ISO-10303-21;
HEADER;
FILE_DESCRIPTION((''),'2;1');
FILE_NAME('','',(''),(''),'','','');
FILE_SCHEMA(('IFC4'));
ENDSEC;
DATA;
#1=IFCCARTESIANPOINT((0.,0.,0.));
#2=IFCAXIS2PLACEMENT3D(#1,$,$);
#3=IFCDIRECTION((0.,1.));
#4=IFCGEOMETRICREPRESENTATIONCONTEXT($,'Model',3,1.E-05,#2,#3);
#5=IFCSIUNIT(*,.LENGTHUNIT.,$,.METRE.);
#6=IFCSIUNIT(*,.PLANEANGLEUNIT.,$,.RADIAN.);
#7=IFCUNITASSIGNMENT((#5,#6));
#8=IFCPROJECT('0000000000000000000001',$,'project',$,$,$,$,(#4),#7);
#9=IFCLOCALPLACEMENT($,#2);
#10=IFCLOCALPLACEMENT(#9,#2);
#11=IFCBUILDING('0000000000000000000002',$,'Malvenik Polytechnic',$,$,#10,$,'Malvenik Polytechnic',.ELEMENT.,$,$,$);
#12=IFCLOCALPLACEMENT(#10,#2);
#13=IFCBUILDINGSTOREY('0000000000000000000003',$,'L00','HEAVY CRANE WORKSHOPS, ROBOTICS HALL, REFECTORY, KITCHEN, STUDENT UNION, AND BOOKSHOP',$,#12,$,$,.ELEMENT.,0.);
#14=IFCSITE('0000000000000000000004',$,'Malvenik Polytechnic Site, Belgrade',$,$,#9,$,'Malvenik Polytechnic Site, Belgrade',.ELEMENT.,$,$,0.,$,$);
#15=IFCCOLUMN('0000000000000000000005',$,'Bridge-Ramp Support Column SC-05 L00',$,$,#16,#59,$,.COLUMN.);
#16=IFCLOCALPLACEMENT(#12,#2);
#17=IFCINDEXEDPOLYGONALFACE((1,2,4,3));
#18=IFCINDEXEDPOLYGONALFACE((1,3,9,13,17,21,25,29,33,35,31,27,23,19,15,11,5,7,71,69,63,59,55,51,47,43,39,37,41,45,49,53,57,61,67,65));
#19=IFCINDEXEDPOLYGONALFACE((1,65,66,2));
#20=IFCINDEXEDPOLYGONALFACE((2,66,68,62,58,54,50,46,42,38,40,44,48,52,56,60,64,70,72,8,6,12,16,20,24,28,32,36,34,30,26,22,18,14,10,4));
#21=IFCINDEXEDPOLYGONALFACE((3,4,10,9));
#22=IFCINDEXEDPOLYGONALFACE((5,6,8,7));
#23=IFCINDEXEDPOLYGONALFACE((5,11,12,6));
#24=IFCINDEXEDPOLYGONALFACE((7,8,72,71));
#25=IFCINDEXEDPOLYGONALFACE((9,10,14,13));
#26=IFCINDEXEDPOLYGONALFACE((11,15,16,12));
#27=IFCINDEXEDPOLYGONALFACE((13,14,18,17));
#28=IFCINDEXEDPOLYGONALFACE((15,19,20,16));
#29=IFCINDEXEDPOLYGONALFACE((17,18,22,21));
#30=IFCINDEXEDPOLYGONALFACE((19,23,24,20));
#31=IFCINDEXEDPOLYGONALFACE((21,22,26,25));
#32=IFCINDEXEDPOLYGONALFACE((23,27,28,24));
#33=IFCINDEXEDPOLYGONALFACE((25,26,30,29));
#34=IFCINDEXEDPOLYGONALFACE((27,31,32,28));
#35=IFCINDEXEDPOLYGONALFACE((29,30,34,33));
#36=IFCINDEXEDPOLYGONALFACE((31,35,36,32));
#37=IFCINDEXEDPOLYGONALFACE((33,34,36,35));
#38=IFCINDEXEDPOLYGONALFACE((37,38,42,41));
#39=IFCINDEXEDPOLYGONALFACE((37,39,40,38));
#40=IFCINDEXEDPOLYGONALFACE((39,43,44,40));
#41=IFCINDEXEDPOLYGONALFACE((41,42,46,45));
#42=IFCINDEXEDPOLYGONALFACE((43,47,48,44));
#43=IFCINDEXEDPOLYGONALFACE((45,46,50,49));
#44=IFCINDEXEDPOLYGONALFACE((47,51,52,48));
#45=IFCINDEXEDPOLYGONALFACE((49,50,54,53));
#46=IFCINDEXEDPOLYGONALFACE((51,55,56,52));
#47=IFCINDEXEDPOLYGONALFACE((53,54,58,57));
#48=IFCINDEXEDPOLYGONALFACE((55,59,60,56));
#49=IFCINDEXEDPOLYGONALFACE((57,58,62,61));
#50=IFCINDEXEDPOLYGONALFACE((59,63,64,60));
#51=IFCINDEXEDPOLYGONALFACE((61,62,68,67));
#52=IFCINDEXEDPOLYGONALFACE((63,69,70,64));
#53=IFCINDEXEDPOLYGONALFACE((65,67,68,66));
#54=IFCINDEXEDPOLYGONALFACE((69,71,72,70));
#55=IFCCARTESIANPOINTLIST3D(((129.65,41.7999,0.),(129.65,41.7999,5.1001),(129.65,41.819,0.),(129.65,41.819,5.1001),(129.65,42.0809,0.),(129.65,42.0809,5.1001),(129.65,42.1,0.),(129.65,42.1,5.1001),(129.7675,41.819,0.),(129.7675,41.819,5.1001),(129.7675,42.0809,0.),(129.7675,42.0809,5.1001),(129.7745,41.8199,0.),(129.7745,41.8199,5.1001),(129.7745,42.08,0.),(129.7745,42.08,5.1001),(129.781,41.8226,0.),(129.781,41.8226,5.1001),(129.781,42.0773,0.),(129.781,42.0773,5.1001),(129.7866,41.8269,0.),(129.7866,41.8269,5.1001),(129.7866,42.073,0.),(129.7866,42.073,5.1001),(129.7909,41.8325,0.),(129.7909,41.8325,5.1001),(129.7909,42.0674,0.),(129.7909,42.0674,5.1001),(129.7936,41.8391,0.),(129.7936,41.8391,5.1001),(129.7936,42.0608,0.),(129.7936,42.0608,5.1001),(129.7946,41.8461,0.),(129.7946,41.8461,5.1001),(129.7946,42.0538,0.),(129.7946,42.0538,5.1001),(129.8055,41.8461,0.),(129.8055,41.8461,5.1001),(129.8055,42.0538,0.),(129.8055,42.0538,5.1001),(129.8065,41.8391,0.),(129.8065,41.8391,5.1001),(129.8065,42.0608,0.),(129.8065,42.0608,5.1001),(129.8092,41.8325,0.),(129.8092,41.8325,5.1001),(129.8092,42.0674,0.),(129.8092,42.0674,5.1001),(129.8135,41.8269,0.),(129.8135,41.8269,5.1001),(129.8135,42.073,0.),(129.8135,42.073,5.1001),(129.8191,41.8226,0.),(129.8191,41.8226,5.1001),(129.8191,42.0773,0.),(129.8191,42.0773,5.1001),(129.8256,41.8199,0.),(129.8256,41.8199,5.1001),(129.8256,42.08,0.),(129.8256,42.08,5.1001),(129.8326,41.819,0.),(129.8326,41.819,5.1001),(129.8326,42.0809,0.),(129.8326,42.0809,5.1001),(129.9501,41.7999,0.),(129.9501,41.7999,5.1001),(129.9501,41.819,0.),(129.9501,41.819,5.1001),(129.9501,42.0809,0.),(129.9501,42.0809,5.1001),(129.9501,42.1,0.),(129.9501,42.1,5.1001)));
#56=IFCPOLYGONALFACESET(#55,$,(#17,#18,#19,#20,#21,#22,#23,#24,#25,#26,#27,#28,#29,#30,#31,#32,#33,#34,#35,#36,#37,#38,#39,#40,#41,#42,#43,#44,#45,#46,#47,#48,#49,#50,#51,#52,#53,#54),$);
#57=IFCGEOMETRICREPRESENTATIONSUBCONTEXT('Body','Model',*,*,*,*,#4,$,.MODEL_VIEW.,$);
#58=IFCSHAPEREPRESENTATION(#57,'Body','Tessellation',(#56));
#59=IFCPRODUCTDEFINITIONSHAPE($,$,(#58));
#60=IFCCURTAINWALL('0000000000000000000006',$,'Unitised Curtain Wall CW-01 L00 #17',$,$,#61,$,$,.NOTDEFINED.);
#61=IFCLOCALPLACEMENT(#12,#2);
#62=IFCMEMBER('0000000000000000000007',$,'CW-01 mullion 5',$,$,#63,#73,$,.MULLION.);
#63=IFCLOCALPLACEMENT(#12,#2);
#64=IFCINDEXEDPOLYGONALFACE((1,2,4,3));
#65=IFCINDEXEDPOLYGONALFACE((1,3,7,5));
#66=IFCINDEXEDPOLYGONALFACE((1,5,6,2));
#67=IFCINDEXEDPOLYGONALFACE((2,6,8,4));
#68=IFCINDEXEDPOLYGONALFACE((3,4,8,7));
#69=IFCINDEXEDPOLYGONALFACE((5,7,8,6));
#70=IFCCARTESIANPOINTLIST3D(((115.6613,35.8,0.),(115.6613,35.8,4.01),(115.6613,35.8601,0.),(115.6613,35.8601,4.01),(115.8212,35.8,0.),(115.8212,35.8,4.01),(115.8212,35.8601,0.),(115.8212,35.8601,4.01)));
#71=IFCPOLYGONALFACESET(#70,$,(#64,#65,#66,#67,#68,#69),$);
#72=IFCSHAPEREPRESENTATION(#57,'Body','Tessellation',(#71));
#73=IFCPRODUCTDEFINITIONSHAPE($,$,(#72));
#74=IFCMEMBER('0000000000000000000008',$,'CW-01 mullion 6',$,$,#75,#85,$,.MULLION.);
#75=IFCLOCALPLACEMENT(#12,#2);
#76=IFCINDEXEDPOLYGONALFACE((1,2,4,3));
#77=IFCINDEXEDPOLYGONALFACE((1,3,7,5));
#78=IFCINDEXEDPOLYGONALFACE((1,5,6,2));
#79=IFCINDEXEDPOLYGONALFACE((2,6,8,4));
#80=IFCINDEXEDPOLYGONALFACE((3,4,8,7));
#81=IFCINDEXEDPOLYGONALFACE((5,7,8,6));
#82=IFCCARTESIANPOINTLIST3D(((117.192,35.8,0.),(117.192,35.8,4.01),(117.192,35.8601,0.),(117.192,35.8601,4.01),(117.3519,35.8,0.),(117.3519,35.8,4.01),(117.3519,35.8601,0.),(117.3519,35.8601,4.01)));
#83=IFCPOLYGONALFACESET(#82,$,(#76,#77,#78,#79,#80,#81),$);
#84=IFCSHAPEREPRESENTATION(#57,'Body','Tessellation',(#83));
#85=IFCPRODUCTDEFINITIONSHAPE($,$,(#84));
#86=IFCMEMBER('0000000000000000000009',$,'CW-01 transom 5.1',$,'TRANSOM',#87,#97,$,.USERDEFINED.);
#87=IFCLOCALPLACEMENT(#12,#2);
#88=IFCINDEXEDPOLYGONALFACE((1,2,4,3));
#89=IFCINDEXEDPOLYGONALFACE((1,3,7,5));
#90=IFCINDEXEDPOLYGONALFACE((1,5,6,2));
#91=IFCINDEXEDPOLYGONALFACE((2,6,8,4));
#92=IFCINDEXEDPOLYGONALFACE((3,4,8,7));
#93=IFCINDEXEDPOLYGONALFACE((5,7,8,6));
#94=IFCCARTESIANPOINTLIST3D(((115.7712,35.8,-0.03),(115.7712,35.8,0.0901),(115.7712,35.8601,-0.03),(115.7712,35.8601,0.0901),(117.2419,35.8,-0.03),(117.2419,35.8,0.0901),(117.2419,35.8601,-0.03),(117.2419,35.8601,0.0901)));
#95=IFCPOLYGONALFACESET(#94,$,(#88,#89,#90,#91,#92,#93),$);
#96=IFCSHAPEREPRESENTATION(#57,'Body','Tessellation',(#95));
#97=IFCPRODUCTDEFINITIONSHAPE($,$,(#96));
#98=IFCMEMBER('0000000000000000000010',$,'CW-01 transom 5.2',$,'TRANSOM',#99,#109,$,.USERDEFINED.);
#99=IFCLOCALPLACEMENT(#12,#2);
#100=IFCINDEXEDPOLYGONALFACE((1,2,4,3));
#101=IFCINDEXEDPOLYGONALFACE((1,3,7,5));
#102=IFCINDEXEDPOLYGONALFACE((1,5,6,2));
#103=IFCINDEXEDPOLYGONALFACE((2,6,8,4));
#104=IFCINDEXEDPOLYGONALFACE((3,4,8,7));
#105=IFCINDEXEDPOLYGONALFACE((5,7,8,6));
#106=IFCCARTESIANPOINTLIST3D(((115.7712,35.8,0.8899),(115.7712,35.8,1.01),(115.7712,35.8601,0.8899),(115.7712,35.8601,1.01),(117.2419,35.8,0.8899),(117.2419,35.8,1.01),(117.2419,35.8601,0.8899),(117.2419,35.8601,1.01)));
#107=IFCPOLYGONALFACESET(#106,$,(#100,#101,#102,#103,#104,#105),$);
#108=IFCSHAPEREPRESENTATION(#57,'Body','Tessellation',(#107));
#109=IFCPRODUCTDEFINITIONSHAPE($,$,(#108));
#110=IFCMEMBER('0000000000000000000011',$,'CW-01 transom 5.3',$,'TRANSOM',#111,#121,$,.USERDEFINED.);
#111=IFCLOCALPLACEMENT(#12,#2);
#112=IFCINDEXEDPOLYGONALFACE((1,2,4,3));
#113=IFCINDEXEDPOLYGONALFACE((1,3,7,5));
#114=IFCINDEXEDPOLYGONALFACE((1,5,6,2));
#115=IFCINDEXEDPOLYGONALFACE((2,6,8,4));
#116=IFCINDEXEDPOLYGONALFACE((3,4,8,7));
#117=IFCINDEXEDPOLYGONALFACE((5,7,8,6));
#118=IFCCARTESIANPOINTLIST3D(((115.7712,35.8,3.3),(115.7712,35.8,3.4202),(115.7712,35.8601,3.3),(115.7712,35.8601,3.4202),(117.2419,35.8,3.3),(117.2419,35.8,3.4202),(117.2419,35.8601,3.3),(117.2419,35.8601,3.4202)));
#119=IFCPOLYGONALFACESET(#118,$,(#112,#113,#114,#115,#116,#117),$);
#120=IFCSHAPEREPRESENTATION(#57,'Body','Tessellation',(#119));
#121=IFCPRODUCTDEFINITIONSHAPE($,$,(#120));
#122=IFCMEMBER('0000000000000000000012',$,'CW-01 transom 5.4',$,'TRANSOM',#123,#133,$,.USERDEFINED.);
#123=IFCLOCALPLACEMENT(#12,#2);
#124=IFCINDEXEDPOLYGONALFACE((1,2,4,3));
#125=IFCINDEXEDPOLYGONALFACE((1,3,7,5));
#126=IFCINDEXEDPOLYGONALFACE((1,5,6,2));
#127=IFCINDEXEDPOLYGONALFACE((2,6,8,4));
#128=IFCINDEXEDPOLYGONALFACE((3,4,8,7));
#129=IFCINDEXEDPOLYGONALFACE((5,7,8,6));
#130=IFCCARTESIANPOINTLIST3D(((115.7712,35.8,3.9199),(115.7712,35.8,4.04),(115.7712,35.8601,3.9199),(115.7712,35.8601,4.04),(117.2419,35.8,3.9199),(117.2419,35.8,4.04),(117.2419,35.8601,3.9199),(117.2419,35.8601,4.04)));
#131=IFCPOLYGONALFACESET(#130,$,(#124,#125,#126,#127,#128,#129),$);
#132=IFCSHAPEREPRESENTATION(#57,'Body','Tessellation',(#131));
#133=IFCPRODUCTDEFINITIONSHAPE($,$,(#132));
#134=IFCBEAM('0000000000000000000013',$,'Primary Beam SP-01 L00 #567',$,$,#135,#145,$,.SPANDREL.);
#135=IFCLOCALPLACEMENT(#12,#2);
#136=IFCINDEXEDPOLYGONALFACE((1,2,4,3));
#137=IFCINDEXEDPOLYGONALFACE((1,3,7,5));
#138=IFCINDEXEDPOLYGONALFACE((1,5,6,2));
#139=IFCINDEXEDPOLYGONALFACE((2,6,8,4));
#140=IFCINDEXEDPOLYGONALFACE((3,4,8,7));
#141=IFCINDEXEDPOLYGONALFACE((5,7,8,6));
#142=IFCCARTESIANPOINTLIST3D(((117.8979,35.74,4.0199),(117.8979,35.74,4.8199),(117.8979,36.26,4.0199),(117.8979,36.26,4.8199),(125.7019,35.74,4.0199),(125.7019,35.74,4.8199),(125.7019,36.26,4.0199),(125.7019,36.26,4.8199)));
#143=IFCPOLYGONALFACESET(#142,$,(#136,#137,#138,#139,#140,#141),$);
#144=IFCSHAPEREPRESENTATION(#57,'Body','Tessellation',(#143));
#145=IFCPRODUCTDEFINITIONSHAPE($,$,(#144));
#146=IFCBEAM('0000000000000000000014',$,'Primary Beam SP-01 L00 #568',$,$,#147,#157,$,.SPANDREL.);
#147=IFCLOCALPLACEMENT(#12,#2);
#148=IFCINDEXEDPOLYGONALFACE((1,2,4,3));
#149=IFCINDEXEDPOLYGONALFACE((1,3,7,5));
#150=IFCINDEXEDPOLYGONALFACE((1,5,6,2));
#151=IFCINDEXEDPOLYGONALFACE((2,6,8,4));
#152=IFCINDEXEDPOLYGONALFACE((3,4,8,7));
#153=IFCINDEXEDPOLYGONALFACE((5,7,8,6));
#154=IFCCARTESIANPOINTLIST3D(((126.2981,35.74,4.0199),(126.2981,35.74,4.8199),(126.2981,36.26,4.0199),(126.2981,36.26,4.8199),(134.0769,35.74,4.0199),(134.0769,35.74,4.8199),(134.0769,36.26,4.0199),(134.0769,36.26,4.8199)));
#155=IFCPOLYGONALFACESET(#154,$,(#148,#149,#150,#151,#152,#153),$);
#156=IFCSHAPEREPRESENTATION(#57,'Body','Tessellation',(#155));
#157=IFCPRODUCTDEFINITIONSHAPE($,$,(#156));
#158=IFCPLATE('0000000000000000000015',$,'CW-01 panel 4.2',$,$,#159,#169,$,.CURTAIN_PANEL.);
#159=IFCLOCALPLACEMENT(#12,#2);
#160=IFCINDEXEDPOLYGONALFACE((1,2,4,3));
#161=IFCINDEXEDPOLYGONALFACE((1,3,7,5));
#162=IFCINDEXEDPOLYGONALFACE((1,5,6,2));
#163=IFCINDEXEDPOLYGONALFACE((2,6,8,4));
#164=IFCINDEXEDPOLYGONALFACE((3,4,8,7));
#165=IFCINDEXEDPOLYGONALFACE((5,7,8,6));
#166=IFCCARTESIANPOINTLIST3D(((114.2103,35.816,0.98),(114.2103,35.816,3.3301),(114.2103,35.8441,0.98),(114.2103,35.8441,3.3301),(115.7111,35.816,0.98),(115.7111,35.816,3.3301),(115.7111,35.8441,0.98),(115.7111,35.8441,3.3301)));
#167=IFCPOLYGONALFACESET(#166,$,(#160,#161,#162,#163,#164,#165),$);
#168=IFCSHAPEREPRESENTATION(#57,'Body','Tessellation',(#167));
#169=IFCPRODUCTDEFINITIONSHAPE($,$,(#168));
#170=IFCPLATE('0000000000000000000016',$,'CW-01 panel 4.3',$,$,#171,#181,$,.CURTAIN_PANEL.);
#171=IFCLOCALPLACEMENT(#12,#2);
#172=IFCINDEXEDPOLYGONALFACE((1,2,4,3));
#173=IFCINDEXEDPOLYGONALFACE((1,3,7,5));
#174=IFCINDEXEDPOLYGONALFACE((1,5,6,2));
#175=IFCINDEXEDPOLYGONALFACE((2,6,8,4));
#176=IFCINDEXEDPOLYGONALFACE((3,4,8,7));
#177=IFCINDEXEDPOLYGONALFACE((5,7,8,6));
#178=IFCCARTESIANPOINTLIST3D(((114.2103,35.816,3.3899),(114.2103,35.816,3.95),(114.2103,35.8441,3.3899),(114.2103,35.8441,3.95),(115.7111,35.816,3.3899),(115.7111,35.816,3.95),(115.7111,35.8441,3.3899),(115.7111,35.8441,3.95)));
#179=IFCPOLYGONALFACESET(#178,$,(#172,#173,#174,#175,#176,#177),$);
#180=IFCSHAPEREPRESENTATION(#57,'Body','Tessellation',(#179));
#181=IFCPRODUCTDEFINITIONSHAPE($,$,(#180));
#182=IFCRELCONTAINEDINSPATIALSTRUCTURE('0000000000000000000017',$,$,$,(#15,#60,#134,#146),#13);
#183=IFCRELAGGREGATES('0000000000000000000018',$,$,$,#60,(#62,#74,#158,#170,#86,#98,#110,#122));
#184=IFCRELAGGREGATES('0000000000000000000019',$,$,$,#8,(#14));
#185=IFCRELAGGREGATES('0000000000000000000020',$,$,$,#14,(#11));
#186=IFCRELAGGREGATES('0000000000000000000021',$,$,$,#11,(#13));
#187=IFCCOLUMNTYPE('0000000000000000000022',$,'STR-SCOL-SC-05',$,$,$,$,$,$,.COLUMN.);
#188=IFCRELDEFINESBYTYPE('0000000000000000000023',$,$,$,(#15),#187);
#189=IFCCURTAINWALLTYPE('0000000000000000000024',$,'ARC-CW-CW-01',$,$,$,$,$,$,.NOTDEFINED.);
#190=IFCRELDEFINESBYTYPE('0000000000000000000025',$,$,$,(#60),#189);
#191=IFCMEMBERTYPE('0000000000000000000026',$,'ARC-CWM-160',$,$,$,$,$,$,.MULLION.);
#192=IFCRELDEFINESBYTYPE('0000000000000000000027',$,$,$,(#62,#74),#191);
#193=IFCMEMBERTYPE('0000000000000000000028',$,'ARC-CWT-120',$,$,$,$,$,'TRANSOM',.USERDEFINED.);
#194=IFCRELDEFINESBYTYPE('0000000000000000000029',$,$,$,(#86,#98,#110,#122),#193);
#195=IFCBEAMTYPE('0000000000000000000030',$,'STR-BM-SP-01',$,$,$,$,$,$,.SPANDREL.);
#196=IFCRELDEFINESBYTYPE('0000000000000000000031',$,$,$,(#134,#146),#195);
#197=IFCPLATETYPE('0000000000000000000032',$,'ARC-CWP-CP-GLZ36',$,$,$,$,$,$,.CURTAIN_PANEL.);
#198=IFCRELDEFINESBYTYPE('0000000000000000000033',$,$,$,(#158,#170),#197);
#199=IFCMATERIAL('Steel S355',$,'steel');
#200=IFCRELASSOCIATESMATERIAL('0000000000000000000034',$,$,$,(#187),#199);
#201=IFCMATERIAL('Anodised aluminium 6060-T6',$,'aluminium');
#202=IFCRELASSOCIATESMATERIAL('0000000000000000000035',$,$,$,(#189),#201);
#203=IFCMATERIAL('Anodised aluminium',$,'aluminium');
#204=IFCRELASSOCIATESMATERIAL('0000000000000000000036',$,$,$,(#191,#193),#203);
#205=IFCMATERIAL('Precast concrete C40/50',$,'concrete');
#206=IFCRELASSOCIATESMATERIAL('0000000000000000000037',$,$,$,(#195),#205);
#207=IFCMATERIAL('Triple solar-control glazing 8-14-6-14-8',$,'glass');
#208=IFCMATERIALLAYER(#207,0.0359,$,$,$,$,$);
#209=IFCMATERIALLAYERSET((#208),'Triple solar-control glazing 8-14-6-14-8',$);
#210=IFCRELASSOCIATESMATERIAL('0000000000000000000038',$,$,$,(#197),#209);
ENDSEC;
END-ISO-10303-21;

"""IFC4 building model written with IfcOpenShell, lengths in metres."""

from ifc_helpers import new_model, si_unit, direction, frame, origin, origin_2d, place, context, subcontext, project, spatial, rectangle, i_section, extrude, material, layer, layer_set, material_profile, profile_set, type_object, element, aggregate, save


model = new_model("IFC4")

# Units and contexts
model_context = context("Model", 3, precision=1e-05, world=origin(), true_north=direction((0.0, 1.0)))
body_context = subcontext(model_context, "Body", "Model", "MODEL_VIEW")
ifc_project = project(units=[si_unit("LENGTHUNIT", "METRE"), si_unit("PLANEANGLEUNIT", "RADIAN")], contexts=[model_context])

# Site, building, storey
site_placement = place(None, origin())
site = spatial("IfcSite", under=ifc_project, at=site_placement, Name="Malvenik Polytechnic Site, Belgrade", LongName="Malvenik Polytechnic Site, Belgrade", CompositionType="ELEMENT", RefElevation=0.0)
building_placement = place(site_placement, origin())
building = spatial("IfcBuilding", under=site, at=building_placement, Name="Malvenik Polytechnic", LongName="Malvenik Polytechnic", CompositionType="ELEMENT")
storey_placement = place(building_placement, origin())
storey = spatial("IfcBuildingStorey", under=building, at=storey_placement, Name="L00", Description="HEAVY CRANE WORKSHOPS, ROBOTICS HALL, REFECTORY, KITCHEN, STUDENT UNION, AND BOOKSHOP", CompositionType="ELEMENT", Elevation=0.0)

# Column
ifc_material_1 = material(Name="Steel S355", Category="steel")
ifc_material_profile_1 = material_profile(ifc_material_1, i_section(OverallWidth=0.3, OverallDepth=0.3, WebThickness=0.011, FlangeThickness=0.019, FilletRadius=0.0271, at=origin_2d()), Name="HEB 300")
ifc_profile_set_1 = profile_set([ifc_material_profile_1], Name="Steel S355")
column_type_1 = type_object("IfcColumnType", Name="STR-SCOL-SC-05", PredefinedType="COLUMN", material=ifc_profile_set_1)
column_1_placement = place(storey_placement, frame((129.8, 41.95, 0.0), z_axis=(0.0, 0.0, 1.0), x_axis=(1.0, 0.0, 0.0)))
element("IfcColumn", 1, at=column_1_placement, inside=storey, type_object=column_type_1, Name="Bridge-Ramp Support Column SC-05 L00", PredefinedType="COLUMN", context=body_context, shape_type="SweptSolid", body=[
    extrude(i_section(OverallWidth=0.3, OverallDepth=0.3, WebThickness=0.011, FlangeThickness=0.019, FilletRadius=0.0271, at=origin_2d()), origin(), (0.0, 0.0, 1.0), 5.1001),
])

# Curtain wall, members
ifc_material_2 = material(Name="Anodised aluminium 6060-T6", Category="aluminium")
curtain_wall_type = type_object("IfcCurtainWallType", Name="ARC-CW-CW-01", PredefinedType="NOTDEFINED", material=ifc_material_2)
curtain_wall_placement = place(storey_placement, origin())
curtain_wall = element("IfcCurtainWall", 2, at=curtain_wall_placement, inside=storey, type_object=curtain_wall_type, Name="Unitised Curtain Wall CW-01 L00 #17", PredefinedType="NOTDEFINED")
ifc_material_3 = material(Name="Anodised aluminium", Category="aluminium")
ifc_material_profile_2 = material_profile(ifc_material_3, rectangle(XDim=0.0601, YDim=0.1599, at=origin_2d()), Name="ALU MULLION 60x160")
ifc_profile_set_2 = profile_set([ifc_material_profile_2], Name="Anodised aluminium")
member_type_1 = type_object("IfcMemberType", Name="ARC-CWM-160", PredefinedType="MULLION", material=ifc_profile_set_2)
member_1_placement = place(storey_placement, frame((115.7412, 35.8301, 0.0), z_axis=(0.0, 0.0, 1.0), x_axis=(0.0, 1.0, 0.0)))
member_1 = element("IfcMember", 3, at=member_1_placement, type_object=member_type_1, Name="CW-01 mullion 5", PredefinedType="MULLION", context=body_context, shape_type="SweptSolid", body=[
    extrude(rectangle(XDim=0.0601, YDim=0.1599, at=origin_2d()), origin(), (0.0, 0.0, 1.0), 4.01),
])
member_2_placement = place(storey_placement, frame((117.272, 35.8301, 0.0), z_axis=(0.0, 0.0, 1.0), x_axis=(0.0, 1.0, 0.0)))
member_2 = element("IfcMember", 4, at=member_2_placement, type_object=member_type_1, Name="CW-01 mullion 6", PredefinedType="MULLION", context=body_context, shape_type="SweptSolid", body=[
    extrude(rectangle(XDim=0.0601, YDim=0.1599, at=origin_2d()), origin(), (0.0, 0.0, 1.0), 4.01),
])
ifc_material_profile_3 = material_profile(ifc_material_3, rectangle(XDim=0.0601, YDim=0.1201, at=origin_2d()), Name="ALU TRANSOM 60x120")
ifc_profile_set_3 = profile_set([ifc_material_profile_3], Name="Anodised aluminium")
member_type_2 = type_object("IfcMemberType", Name="ARC-CWT-120", ElementType="TRANSOM", PredefinedType="USERDEFINED", material=ifc_profile_set_3)
member_3_placement = place(storey_placement, frame((115.7712, 35.8301, 0.03), z_axis=(1.0, 0.0, 0.0), x_axis=(0.0, 1.0, 0.0)))
member_3 = element("IfcMember", 5, at=member_3_placement, type_object=member_type_2, Name="CW-01 transom 5.1", ObjectType="TRANSOM", PredefinedType="USERDEFINED", context=body_context, shape_type="SweptSolid", body=[
    extrude(rectangle(XDim=0.0601, YDim=0.1201, at=origin_2d()), origin(), (0.0, 0.0, 1.0), 1.4707),
])
member_4_placement = place(storey_placement, frame((115.7712, 35.8301, 0.95), z_axis=(1.0, 0.0, 0.0), x_axis=(0.0, 1.0, 0.0)))
member_4 = element("IfcMember", 6, at=member_4_placement, type_object=member_type_2, Name="CW-01 transom 5.2", ObjectType="TRANSOM", PredefinedType="USERDEFINED", context=body_context, shape_type="SweptSolid", body=[
    extrude(rectangle(XDim=0.0601, YDim=0.1201, at=origin_2d()), origin(), (0.0, 0.0, 1.0), 1.4707),
])
member_5_placement = place(storey_placement, frame((115.7712, 35.8301, 3.3601), z_axis=(1.0, 0.0, 0.0), x_axis=(0.0, 1.0, 0.0)))
member_5 = element("IfcMember", 7, at=member_5_placement, type_object=member_type_2, Name="CW-01 transom 5.3", ObjectType="TRANSOM", PredefinedType="USERDEFINED", context=body_context, shape_type="SweptSolid", body=[
    extrude(rectangle(XDim=0.0601, YDim=0.1201, at=origin_2d()), origin(), (0.0, 0.0, 1.0), 1.4707),
])
member_6_placement = place(storey_placement, frame((115.7712, 35.8301, 3.98), z_axis=(1.0, 0.0, 0.0), x_axis=(0.0, 1.0, 0.0)))
member_6 = element("IfcMember", 8, at=member_6_placement, type_object=member_type_2, Name="CW-01 transom 5.4", ObjectType="TRANSOM", PredefinedType="USERDEFINED", context=body_context, shape_type="SweptSolid", body=[
    extrude(rectangle(XDim=0.0601, YDim=0.1201, at=origin_2d()), origin(), (0.0, 0.0, 1.0), 1.4707),
])

# Beams
ifc_material_4 = material(Name="Precast concrete C40/50", Category="concrete")
ifc_material_profile_4 = material_profile(ifc_material_4, rectangle(XDim=0.52, YDim=0.8, at=origin_2d()), Name="PC SPN 520x800")
ifc_profile_set_4 = profile_set([ifc_material_profile_4], Name="Precast concrete C40/50")
beam_type = type_object("IfcBeamType", Name="STR-BM-SP-01", PredefinedType="SPANDREL", material=ifc_profile_set_4)
beam_1_placement = place(storey_placement, frame((117.8979, 36.0, 4.4199), z_axis=(1.0, 0.0, 0.0), x_axis=(0.0, 1.0, 0.0)))
element("IfcBeam", 9, at=beam_1_placement, inside=storey, type_object=beam_type, Name="Primary Beam SP-01 L00 #567", PredefinedType="SPANDREL", context=body_context, shape_type="SweptSolid", body=[
    extrude(rectangle(XDim=0.52, YDim=0.8, at=origin_2d()), origin(), (0.0, 0.0, 1.0), 7.804),
])
beam_2_placement = place(storey_placement, frame((126.2981, 36.0, 4.4199), z_axis=(1.0, 0.0, 0.0), x_axis=(0.0, 1.0, 0.0)))
element("IfcBeam", 10, at=beam_2_placement, inside=storey, type_object=beam_type, Name="Primary Beam SP-01 L00 #568", PredefinedType="SPANDREL", context=body_context, shape_type="SweptSolid", body=[
    extrude(rectangle(XDim=0.52, YDim=0.8, at=origin_2d()), origin(), (0.0, 0.0, 1.0), 7.7788),
])

# Plates
ifc_material_5 = material(Name="Triple solar-control glazing 8-14-6-14-8", Category="glass")
ifc_layer_1 = layer(ifc_material_5, 0.0359)
ifc_layer_set_1 = layer_set([ifc_layer_1], Name="Triple solar-control glazing 8-14-6-14-8")
plate_type_1 = type_object("IfcPlateType", Name="ARC-CWP-CP-GLZ36", PredefinedType="CURTAIN_PANEL", material=ifc_layer_set_1)
plate_1_placement = place(storey_placement, frame((114.9607, 35.8301, 0.98), z_axis=(0.0, 0.0, 1.0), x_axis=(1.0, 0.0, 0.0)))
plate_1 = element("IfcPlate", 11, at=plate_1_placement, type_object=plate_type_1, Name="CW-01 panel 4.2", PredefinedType="CURTAIN_PANEL", context=body_context, shape_type="SweptSolid", body=[
    extrude(rectangle(XDim=1.5007, YDim=0.0281, at=origin_2d()), origin(), (0.0, 0.0, 1.0), 2.3501),
])
plate_2_placement = place(storey_placement, frame((114.9607, 35.8301, 3.3899), z_axis=(0.0, 0.0, 1.0), x_axis=(1.0, 0.0, 0.0)))
plate_2 = element("IfcPlate", 12, at=plate_2_placement, type_object=plate_type_1, Name="CW-01 panel 4.3", PredefinedType="CURTAIN_PANEL", context=body_context, shape_type="SweptSolid", body=[
    extrude(rectangle(XDim=1.5007, YDim=0.0281, at=origin_2d()), origin(), (0.0, 0.0, 1.0), 0.5601),
])
aggregate(curtain_wall, [member_1, member_2, plate_1, plate_2, member_3, member_4, member_5, member_6])

save(model, "model.ifc")
